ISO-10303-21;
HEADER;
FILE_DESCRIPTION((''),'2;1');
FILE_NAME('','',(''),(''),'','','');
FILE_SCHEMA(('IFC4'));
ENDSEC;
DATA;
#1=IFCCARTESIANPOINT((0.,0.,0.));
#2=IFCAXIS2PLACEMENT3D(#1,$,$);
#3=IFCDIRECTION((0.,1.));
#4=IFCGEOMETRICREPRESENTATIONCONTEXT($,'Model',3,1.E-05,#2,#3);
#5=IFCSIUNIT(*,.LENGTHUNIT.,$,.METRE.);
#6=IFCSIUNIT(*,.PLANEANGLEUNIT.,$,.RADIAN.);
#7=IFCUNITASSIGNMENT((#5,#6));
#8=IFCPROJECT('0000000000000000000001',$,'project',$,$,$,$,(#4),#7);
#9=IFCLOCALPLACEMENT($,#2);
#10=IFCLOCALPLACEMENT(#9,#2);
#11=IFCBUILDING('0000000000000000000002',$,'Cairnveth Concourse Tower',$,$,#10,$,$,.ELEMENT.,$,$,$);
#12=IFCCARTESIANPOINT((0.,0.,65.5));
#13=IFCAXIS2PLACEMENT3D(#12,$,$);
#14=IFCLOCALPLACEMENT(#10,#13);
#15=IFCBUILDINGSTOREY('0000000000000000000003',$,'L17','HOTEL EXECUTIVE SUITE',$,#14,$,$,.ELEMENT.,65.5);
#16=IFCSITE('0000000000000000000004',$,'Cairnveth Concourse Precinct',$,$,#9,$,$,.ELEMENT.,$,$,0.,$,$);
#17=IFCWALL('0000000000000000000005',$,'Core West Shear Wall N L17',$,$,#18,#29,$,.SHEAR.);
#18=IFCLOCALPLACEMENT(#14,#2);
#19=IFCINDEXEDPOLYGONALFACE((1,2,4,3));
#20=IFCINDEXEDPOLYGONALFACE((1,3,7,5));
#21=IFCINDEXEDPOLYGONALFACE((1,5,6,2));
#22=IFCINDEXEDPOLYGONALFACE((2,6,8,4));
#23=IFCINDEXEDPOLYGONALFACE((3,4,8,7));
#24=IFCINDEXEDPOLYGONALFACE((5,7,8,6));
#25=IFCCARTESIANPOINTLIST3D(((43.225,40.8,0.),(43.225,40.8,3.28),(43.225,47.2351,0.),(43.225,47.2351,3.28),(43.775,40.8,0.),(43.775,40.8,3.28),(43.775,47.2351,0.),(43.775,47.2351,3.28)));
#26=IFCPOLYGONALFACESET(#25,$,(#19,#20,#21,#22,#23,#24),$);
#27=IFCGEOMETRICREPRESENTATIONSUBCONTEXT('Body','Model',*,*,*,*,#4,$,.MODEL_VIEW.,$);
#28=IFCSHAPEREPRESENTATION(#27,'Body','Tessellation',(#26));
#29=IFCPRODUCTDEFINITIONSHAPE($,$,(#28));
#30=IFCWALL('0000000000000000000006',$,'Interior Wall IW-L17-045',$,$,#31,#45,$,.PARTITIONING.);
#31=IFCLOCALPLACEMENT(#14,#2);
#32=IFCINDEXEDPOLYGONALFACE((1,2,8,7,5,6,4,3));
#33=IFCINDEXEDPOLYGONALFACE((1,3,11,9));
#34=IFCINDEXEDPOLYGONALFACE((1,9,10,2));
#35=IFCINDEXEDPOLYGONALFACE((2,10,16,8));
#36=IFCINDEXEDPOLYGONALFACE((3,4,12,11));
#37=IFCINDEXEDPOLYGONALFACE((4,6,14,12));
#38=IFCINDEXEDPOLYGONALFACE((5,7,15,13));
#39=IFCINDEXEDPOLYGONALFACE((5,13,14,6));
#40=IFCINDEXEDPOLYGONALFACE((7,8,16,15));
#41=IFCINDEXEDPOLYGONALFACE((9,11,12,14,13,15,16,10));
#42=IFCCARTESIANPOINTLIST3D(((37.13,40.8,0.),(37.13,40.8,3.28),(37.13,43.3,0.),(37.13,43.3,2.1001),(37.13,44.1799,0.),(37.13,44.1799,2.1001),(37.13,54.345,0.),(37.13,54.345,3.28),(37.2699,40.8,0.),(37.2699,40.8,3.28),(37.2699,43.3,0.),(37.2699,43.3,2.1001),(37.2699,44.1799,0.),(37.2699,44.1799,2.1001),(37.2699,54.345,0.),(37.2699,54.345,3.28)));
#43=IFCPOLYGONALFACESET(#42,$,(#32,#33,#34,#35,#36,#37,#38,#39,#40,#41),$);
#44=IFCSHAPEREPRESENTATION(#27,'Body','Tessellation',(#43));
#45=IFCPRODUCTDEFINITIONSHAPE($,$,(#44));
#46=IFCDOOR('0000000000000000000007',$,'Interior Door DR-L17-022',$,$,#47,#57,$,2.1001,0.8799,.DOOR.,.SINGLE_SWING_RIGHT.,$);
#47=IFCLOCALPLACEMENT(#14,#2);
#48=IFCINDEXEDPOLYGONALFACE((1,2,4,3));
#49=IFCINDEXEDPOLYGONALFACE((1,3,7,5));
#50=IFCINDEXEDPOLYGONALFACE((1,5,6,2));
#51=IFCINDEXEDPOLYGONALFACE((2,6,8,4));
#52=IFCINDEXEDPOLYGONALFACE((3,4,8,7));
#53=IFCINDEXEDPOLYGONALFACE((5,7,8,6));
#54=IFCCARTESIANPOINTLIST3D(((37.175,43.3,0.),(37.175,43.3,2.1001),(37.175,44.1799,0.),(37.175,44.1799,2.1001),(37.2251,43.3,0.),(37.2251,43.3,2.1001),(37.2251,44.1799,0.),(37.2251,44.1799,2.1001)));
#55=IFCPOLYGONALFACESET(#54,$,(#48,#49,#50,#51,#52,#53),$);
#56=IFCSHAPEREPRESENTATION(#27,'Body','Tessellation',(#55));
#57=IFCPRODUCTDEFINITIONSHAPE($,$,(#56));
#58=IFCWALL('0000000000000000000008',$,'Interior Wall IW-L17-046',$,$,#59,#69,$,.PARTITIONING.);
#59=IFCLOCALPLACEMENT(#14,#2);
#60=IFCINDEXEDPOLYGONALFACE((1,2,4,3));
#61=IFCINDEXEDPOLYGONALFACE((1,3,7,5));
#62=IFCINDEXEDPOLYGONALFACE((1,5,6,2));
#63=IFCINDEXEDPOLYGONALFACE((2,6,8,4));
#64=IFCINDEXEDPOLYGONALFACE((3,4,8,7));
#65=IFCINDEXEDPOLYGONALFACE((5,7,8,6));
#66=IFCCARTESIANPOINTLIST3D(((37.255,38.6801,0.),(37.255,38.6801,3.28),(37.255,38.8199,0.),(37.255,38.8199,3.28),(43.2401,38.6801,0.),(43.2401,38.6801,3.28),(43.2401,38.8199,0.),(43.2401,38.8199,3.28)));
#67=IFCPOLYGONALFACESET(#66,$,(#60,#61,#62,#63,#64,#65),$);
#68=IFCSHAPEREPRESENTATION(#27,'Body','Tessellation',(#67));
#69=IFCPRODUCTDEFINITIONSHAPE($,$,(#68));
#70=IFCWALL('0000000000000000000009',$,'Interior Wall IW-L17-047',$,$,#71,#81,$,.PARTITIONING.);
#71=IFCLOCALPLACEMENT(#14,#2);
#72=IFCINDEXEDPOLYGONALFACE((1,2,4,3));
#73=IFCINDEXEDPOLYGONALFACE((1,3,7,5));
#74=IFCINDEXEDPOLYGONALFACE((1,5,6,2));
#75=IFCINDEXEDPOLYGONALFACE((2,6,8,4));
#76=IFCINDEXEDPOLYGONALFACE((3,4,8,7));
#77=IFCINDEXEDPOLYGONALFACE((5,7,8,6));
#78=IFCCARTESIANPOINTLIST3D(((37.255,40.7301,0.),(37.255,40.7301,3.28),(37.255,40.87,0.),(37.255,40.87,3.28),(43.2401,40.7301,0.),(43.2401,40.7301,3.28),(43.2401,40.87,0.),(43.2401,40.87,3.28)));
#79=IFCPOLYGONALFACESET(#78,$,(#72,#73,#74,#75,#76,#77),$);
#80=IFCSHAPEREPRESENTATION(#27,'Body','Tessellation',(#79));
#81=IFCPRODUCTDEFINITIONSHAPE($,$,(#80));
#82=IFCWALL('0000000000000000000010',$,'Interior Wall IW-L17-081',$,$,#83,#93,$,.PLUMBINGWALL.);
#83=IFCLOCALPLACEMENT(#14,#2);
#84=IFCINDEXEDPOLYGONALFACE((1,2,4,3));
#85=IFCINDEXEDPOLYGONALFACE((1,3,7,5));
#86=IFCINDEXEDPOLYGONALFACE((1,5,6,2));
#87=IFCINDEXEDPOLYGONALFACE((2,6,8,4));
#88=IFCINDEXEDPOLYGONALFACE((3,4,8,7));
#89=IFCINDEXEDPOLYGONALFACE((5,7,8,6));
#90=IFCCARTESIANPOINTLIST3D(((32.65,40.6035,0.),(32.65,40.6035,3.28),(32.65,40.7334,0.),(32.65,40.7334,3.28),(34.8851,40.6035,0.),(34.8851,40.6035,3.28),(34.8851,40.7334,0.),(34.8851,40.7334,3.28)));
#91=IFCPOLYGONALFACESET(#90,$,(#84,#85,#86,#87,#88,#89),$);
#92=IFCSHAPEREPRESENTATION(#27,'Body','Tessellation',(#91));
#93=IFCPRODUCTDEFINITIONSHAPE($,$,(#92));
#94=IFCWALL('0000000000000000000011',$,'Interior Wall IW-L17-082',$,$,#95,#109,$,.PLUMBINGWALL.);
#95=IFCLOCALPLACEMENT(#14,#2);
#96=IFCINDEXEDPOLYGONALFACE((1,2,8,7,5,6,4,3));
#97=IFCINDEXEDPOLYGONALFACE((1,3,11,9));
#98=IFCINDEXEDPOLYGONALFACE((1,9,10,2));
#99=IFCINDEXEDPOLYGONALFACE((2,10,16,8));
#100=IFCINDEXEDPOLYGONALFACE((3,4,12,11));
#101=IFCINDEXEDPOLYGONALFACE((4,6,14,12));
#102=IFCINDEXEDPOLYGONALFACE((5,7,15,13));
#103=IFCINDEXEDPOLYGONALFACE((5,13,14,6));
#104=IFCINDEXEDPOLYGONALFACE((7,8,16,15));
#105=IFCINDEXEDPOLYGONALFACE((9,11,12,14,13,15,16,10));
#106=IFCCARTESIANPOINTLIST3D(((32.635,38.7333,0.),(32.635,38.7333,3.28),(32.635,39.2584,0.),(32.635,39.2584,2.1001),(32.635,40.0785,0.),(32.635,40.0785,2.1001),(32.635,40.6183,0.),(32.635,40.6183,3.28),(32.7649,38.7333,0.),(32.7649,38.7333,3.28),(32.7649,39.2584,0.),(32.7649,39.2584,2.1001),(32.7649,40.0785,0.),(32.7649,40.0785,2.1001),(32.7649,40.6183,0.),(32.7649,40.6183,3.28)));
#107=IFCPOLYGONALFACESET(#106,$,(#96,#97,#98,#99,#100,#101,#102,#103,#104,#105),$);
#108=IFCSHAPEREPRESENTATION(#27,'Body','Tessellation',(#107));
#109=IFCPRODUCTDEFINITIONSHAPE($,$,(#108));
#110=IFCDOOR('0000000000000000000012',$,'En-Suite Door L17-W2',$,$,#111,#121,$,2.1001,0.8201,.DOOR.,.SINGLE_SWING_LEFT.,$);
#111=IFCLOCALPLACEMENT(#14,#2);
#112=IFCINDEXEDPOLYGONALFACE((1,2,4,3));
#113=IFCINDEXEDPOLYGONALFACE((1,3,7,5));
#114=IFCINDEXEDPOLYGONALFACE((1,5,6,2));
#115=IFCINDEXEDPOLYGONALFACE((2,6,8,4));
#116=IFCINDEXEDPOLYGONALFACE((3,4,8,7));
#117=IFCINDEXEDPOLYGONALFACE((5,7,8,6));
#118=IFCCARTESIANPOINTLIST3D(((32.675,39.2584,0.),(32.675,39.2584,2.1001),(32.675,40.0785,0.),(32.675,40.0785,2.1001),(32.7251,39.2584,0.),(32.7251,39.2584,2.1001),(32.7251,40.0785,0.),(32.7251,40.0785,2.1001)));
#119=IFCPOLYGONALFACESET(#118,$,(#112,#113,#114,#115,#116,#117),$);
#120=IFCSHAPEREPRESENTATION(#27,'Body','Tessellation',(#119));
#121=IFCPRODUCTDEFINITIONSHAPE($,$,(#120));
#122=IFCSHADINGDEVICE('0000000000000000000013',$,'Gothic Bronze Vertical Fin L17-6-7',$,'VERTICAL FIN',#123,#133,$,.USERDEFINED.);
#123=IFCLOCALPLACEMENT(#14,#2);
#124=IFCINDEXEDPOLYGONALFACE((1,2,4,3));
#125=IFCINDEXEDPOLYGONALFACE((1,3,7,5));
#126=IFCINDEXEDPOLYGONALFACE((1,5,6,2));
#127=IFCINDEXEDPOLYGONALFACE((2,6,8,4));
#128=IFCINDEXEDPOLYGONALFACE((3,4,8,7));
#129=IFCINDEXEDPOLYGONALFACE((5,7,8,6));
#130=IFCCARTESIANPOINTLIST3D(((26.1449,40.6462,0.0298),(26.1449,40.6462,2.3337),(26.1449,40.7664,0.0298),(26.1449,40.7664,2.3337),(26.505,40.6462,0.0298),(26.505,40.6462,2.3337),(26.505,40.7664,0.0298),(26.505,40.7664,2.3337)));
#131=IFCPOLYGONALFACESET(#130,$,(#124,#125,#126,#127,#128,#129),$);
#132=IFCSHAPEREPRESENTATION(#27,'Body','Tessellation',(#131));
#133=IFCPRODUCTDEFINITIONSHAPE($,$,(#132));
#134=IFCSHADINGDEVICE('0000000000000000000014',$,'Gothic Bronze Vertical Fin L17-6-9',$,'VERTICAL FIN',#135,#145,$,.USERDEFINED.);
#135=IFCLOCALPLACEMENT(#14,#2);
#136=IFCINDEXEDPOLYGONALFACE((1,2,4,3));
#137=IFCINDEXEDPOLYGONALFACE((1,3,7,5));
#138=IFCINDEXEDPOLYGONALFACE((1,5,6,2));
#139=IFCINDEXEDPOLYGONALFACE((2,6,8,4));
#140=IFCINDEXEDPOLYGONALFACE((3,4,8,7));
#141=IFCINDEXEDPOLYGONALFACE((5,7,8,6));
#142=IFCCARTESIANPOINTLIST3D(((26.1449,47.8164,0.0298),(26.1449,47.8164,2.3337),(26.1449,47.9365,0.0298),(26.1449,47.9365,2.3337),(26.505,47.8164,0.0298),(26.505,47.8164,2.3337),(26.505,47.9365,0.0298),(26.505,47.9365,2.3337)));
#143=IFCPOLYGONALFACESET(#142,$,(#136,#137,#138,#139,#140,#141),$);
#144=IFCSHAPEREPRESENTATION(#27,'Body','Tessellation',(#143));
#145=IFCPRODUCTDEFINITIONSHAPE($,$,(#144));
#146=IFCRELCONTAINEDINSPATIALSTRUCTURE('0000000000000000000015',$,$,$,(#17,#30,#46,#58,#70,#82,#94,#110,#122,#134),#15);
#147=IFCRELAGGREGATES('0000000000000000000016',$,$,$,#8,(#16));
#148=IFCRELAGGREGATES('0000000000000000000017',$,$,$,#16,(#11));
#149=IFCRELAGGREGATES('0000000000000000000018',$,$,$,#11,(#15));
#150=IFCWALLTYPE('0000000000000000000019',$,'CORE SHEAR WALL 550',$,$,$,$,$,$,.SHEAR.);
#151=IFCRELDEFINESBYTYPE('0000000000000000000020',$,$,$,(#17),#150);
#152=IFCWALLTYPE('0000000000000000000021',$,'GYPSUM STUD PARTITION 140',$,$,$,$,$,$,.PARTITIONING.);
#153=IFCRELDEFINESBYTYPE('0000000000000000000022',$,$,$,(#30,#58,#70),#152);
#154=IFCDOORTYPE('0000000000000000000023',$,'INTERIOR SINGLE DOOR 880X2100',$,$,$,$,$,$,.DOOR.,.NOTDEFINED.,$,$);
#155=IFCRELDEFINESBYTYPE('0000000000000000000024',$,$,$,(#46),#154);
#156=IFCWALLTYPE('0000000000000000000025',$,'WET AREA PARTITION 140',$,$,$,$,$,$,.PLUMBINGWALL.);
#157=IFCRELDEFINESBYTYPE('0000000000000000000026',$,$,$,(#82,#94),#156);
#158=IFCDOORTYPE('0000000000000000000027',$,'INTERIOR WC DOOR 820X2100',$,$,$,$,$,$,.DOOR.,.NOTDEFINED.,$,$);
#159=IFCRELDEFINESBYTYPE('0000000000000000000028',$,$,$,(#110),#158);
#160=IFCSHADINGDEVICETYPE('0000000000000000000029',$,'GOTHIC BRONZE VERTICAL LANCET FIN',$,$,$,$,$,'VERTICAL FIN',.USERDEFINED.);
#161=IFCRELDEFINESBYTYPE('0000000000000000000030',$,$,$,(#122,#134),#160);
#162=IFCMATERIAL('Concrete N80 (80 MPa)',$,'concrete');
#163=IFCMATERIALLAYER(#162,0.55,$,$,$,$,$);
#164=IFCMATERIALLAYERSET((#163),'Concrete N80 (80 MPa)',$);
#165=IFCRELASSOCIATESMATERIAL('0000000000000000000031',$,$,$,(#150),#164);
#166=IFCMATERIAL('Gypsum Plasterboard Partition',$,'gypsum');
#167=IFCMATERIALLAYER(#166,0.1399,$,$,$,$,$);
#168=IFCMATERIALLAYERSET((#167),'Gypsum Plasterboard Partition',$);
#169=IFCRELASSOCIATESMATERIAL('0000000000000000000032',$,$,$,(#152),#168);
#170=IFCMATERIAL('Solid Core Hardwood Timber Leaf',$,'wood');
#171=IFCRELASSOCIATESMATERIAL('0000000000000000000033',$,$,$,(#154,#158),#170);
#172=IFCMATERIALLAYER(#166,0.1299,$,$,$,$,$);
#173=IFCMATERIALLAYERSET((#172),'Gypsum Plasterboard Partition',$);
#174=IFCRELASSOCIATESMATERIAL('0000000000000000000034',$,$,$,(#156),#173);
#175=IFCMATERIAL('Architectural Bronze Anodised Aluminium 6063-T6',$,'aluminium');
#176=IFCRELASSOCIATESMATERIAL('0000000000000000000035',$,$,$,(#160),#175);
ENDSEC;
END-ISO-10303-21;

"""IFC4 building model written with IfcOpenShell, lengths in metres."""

from ifc_helpers import new_model, si_unit, direction, frame, frame_2d, origin, origin_2d, place, context, subcontext, project, spatial, rectangle, extrude, material, layer, layer_set, type_object, element, fill, save


model = new_model("IFC4")

# Units and contexts
model_context = context("Model", 3, precision=1e-05, world=origin(), true_north=direction((0.0, 1.0)))
body_context = subcontext(model_context, "Body", "Model", "MODEL_VIEW")
ifc_project = project(units=[si_unit("LENGTHUNIT", "METRE"), si_unit("PLANEANGLEUNIT", "RADIAN")], contexts=[model_context])

# Site, building, storey
site_placement = place(None, origin())
site = spatial("IfcSite", under=ifc_project, at=site_placement, Name="Cairnveth Concourse Precinct", CompositionType="ELEMENT", RefElevation=0.0)
building_placement = place(site_placement, origin())
building = spatial("IfcBuilding", under=site, at=building_placement, Name="Cairnveth Concourse Tower", CompositionType="ELEMENT")
storey_placement = place(building_placement, frame((0.0, 0.0, 65.5)))
storey = spatial("IfcBuildingStorey", under=building, at=storey_placement, Name="L17", Description="HOTEL EXECUTIVE SUITE", CompositionType="ELEMENT", Elevation=65.5)

# Shared definitions
ifc_material_1 = material(Name="Concrete N80 (80 MPa)", Category="concrete")

# Wall
ifc_material_2 = material(Name="Gypsum Plasterboard Partition", Category="gypsum")
ifc_layer_1 = layer(ifc_material_1, 0.55)
ifc_layer_set_1 = layer_set([ifc_layer_1], Name="Concrete N80 (80 MPa)")
wall_type_1 = type_object("IfcWallType", Name="CORE SHEAR WALL 550", PredefinedType="SHEAR", material=ifc_layer_set_1)
wall_1_placement = place(storey_placement, frame((43.5, 40.8, 0.0), z_axis=(0.0, 0.0, 1.0), x_axis=(0.0, 1.0, 0.0)))
element("IfcWall", 1, at=wall_1_placement, inside=storey, type_object=wall_type_1, Name="Core West Shear Wall N L17", PredefinedType="SHEAR", context=body_context, shape_type="SweptSolid", body=[
    extrude(rectangle(XDim=6.4351, YDim=0.55, at=frame_2d((3.2175, 0.0))), origin(), (0.0, 0.0, 1.0), 3.28),
])

# Wall, opening, door
ifc_layer_2 = layer(ifc_material_2, 0.1399)
ifc_layer_set_2 = layer_set([ifc_layer_2], Name="Gypsum Plasterboard Partition")
wall_type_2 = type_object("IfcWallType", Name="GYPSUM STUD PARTITION 140", PredefinedType="PARTITIONING", material=ifc_layer_set_2)
wall_2_placement = place(storey_placement, frame((37.2, 40.8, 0.0), z_axis=(0.0, 0.0, 1.0), x_axis=(0.0, 1.0, 0.0)))
wall_2 = element("IfcWall", 2, at=wall_2_placement, inside=storey, type_object=wall_type_2, Name="Interior Wall IW-L17-045", PredefinedType="PARTITIONING", context=body_context, shape_type="SweptSolid", body=[
    extrude(rectangle(XDim=13.5449, YDim=0.1399, at=frame_2d((6.7725, 0.0))), origin(), (0.0, 0.0, 1.0), 3.28),
])
opening_1_placement = place(wall_2_placement, frame((2.5, 0.0, 0.0)))
opening_1 = element("IfcOpeningElement", 3, at=opening_1_placement, cuts=wall_2, PredefinedType="OPENING", context=body_context, shape_type="SweptSolid", body=[
    extrude(rectangle(XDim=0.8799, YDim=2.1001, at=frame_2d((0.4399, 1.05))), frame((0.0, 0.0798, 0.0), z_axis=(0.0, -1.0, 0.0), x_axis=(1.0, 0.0, 0.0)), (0.0, 0.0, 1.0), 0.1599),
])
ifc_material_3 = material(Name="Solid Core Hardwood Timber Leaf", Category="wood")
door_type_1 = type_object("IfcDoorType", Name="INTERIOR SINGLE DOOR 880X2100", OperationType="NOTDEFINED", PredefinedType="DOOR", material=ifc_material_3)
door_1_placement = place(opening_1_placement, origin())
door_1 = element("IfcDoor", 4, at=door_1_placement, inside=storey, type_object=door_type_1, Name="Interior Door DR-L17-022", OperationType="SINGLE_SWING_RIGHT", OverallHeight=2.1001, OverallWidth=0.8799, PredefinedType="DOOR", context=body_context, shape_type="SweptSolid", body=[
    extrude(rectangle(XDim=0.8799, YDim=2.1001, at=frame_2d((0.4399, 1.05))), frame((0.0, 0.0249, 0.0), z_axis=(0.0, -1.0, 0.0), x_axis=(1.0, 0.0, 0.0)), (0.0, 0.0, 1.0), 0.05),
])
fill(opening_1, door_1)

# Walls
for number, where, z_axis, x_axis, name in (
    (5, (37.2549, 38.75, 0.0), (0.0, 0.0, 1.0), (1.0, 0.0, 0.0), "Interior Wall IW-L17-046"),
    (6, (37.2549, 40.8, 0.0), (0.0, 0.0, 1.0), (1.0, 0.0, 0.0), "Interior Wall IW-L17-047"),
):
    element("IfcWall", number, at=place(storey_placement, frame(where, z_axis=z_axis, x_axis=x_axis)), inside=storey, type_object=wall_type_2, Name=name, PredefinedType="PARTITIONING", context=body_context, shape_type="SweptSolid", body=[
        extrude(rectangle(XDim=5.9851, YDim=0.1399, at=frame_2d((2.9927, 0.0))), origin(), (0.0, 0.0, 1.0), 3.28),
    ])
ifc_layer_3 = layer(ifc_material_2, 0.1299)
ifc_layer_set_3 = layer_set([ifc_layer_3], Name="Gypsum Plasterboard Partition")
wall_type_3 = type_object("IfcWallType", Name="WET AREA PARTITION 140", PredefinedType="PLUMBINGWALL", material=ifc_layer_set_3)
wall_3_placement = place(storey_placement, frame((32.6499, 40.6685, 0.0), z_axis=(0.0, 0.0, 1.0), x_axis=(1.0, 0.0, 0.0)))
element("IfcWall", 7, at=wall_3_placement, inside=storey, type_object=wall_type_3, Name="Interior Wall IW-L17-081", PredefinedType="PLUMBINGWALL", context=body_context, shape_type="SweptSolid", body=[
    extrude(rectangle(XDim=2.2351, YDim=0.1299, at=frame_2d((1.1177, 0.0))), origin(), (0.0, 0.0, 1.0), 3.28),
])

# Wall, opening, door
wall_4_placement = place(storey_placement, frame((32.7, 38.7334, 0.0), z_axis=(0.0, 0.0, 1.0), x_axis=(0.0, 1.0, 0.0)))
wall_4 = element("IfcWall", 8, at=wall_4_placement, inside=storey, type_object=wall_type_3, Name="Interior Wall IW-L17-082", PredefinedType="PLUMBINGWALL", context=body_context, shape_type="SweptSolid", body=[
    extrude(rectangle(XDim=1.885, YDim=0.1299, at=frame_2d((0.9424, 0.0))), origin(), (0.0, 0.0, 1.0), 3.28),
])
opening_2_placement = place(wall_4_placement, frame((0.5249, 0.0, 0.0)))
opening_2 = element("IfcOpeningElement", 9, at=opening_2_placement, cuts=wall_4, PredefinedType="OPENING", context=body_context, shape_type="SweptSolid", body=[
    extrude(rectangle(XDim=0.8201, YDim=2.1001, at=frame_2d((0.4102, 1.05))), frame((0.0, 0.075, 0.0), z_axis=(0.0, -1.0, 0.0), x_axis=(1.0, 0.0, 0.0)), (0.0, 0.0, 1.0), 0.1499),
])
door_type_2 = type_object("IfcDoorType", Name="INTERIOR WC DOOR 820X2100", OperationType="NOTDEFINED", PredefinedType="DOOR", material=ifc_material_3)
door_2_placement = place(opening_2_placement, origin())
door_2 = element("IfcDoor", 10, at=door_2_placement, inside=storey, type_object=door_type_2, Name="En-Suite Door L17-W2", OperationType="SINGLE_SWING_LEFT", OverallHeight=2.1001, OverallWidth=0.8201, PredefinedType="DOOR", context=body_context, shape_type="SweptSolid", body=[
    extrude(rectangle(XDim=0.8201, YDim=2.1001, at=frame_2d((0.4102, 1.05))), frame((0.0, 0.0249, 0.0), z_axis=(0.0, -1.0, 0.0), x_axis=(1.0, 0.0, 0.0)), (0.0, 0.0, 1.0), 0.05),
])
fill(opening_2, door_2)

# Shading devices
ifc_material_4 = material(Name="Architectural Bronze Anodised Aluminium 6063-T6", Category="aluminium")
shading_device_type = type_object("IfcShadingDeviceType", Name="GOTHIC BRONZE VERTICAL LANCET FIN", ElementType="VERTICAL FIN", PredefinedType="USERDEFINED", material=ifc_material_4)
for number, where, z_axis, x_axis, name in (
    (11, (26.325, 40.7063, 0.0298), (0.0, 0.0, 1.0), (0.0, 1.0, 0.0), "Gothic Bronze Vertical Fin L17-6-7"),
    (12, (26.325, 47.8765, 0.0298), (0.0, 0.0, 1.0), (0.0, 1.0, 0.0), "Gothic Bronze Vertical Fin L17-6-9"),
):
    element("IfcShadingDevice", number, at=place(storey_placement, frame(where, z_axis=z_axis, x_axis=x_axis)), inside=storey, type_object=shading_device_type, Name=name, ObjectType="VERTICAL FIN", PredefinedType="USERDEFINED", context=body_context, shape_type="SweptSolid", body=[
        extrude(rectangle(XDim=0.1201, YDim=0.3601, at=origin_2d()), origin(), (0.0, 0.0, 1.0), 2.304),
    ])

save(model, "model.ifc")
